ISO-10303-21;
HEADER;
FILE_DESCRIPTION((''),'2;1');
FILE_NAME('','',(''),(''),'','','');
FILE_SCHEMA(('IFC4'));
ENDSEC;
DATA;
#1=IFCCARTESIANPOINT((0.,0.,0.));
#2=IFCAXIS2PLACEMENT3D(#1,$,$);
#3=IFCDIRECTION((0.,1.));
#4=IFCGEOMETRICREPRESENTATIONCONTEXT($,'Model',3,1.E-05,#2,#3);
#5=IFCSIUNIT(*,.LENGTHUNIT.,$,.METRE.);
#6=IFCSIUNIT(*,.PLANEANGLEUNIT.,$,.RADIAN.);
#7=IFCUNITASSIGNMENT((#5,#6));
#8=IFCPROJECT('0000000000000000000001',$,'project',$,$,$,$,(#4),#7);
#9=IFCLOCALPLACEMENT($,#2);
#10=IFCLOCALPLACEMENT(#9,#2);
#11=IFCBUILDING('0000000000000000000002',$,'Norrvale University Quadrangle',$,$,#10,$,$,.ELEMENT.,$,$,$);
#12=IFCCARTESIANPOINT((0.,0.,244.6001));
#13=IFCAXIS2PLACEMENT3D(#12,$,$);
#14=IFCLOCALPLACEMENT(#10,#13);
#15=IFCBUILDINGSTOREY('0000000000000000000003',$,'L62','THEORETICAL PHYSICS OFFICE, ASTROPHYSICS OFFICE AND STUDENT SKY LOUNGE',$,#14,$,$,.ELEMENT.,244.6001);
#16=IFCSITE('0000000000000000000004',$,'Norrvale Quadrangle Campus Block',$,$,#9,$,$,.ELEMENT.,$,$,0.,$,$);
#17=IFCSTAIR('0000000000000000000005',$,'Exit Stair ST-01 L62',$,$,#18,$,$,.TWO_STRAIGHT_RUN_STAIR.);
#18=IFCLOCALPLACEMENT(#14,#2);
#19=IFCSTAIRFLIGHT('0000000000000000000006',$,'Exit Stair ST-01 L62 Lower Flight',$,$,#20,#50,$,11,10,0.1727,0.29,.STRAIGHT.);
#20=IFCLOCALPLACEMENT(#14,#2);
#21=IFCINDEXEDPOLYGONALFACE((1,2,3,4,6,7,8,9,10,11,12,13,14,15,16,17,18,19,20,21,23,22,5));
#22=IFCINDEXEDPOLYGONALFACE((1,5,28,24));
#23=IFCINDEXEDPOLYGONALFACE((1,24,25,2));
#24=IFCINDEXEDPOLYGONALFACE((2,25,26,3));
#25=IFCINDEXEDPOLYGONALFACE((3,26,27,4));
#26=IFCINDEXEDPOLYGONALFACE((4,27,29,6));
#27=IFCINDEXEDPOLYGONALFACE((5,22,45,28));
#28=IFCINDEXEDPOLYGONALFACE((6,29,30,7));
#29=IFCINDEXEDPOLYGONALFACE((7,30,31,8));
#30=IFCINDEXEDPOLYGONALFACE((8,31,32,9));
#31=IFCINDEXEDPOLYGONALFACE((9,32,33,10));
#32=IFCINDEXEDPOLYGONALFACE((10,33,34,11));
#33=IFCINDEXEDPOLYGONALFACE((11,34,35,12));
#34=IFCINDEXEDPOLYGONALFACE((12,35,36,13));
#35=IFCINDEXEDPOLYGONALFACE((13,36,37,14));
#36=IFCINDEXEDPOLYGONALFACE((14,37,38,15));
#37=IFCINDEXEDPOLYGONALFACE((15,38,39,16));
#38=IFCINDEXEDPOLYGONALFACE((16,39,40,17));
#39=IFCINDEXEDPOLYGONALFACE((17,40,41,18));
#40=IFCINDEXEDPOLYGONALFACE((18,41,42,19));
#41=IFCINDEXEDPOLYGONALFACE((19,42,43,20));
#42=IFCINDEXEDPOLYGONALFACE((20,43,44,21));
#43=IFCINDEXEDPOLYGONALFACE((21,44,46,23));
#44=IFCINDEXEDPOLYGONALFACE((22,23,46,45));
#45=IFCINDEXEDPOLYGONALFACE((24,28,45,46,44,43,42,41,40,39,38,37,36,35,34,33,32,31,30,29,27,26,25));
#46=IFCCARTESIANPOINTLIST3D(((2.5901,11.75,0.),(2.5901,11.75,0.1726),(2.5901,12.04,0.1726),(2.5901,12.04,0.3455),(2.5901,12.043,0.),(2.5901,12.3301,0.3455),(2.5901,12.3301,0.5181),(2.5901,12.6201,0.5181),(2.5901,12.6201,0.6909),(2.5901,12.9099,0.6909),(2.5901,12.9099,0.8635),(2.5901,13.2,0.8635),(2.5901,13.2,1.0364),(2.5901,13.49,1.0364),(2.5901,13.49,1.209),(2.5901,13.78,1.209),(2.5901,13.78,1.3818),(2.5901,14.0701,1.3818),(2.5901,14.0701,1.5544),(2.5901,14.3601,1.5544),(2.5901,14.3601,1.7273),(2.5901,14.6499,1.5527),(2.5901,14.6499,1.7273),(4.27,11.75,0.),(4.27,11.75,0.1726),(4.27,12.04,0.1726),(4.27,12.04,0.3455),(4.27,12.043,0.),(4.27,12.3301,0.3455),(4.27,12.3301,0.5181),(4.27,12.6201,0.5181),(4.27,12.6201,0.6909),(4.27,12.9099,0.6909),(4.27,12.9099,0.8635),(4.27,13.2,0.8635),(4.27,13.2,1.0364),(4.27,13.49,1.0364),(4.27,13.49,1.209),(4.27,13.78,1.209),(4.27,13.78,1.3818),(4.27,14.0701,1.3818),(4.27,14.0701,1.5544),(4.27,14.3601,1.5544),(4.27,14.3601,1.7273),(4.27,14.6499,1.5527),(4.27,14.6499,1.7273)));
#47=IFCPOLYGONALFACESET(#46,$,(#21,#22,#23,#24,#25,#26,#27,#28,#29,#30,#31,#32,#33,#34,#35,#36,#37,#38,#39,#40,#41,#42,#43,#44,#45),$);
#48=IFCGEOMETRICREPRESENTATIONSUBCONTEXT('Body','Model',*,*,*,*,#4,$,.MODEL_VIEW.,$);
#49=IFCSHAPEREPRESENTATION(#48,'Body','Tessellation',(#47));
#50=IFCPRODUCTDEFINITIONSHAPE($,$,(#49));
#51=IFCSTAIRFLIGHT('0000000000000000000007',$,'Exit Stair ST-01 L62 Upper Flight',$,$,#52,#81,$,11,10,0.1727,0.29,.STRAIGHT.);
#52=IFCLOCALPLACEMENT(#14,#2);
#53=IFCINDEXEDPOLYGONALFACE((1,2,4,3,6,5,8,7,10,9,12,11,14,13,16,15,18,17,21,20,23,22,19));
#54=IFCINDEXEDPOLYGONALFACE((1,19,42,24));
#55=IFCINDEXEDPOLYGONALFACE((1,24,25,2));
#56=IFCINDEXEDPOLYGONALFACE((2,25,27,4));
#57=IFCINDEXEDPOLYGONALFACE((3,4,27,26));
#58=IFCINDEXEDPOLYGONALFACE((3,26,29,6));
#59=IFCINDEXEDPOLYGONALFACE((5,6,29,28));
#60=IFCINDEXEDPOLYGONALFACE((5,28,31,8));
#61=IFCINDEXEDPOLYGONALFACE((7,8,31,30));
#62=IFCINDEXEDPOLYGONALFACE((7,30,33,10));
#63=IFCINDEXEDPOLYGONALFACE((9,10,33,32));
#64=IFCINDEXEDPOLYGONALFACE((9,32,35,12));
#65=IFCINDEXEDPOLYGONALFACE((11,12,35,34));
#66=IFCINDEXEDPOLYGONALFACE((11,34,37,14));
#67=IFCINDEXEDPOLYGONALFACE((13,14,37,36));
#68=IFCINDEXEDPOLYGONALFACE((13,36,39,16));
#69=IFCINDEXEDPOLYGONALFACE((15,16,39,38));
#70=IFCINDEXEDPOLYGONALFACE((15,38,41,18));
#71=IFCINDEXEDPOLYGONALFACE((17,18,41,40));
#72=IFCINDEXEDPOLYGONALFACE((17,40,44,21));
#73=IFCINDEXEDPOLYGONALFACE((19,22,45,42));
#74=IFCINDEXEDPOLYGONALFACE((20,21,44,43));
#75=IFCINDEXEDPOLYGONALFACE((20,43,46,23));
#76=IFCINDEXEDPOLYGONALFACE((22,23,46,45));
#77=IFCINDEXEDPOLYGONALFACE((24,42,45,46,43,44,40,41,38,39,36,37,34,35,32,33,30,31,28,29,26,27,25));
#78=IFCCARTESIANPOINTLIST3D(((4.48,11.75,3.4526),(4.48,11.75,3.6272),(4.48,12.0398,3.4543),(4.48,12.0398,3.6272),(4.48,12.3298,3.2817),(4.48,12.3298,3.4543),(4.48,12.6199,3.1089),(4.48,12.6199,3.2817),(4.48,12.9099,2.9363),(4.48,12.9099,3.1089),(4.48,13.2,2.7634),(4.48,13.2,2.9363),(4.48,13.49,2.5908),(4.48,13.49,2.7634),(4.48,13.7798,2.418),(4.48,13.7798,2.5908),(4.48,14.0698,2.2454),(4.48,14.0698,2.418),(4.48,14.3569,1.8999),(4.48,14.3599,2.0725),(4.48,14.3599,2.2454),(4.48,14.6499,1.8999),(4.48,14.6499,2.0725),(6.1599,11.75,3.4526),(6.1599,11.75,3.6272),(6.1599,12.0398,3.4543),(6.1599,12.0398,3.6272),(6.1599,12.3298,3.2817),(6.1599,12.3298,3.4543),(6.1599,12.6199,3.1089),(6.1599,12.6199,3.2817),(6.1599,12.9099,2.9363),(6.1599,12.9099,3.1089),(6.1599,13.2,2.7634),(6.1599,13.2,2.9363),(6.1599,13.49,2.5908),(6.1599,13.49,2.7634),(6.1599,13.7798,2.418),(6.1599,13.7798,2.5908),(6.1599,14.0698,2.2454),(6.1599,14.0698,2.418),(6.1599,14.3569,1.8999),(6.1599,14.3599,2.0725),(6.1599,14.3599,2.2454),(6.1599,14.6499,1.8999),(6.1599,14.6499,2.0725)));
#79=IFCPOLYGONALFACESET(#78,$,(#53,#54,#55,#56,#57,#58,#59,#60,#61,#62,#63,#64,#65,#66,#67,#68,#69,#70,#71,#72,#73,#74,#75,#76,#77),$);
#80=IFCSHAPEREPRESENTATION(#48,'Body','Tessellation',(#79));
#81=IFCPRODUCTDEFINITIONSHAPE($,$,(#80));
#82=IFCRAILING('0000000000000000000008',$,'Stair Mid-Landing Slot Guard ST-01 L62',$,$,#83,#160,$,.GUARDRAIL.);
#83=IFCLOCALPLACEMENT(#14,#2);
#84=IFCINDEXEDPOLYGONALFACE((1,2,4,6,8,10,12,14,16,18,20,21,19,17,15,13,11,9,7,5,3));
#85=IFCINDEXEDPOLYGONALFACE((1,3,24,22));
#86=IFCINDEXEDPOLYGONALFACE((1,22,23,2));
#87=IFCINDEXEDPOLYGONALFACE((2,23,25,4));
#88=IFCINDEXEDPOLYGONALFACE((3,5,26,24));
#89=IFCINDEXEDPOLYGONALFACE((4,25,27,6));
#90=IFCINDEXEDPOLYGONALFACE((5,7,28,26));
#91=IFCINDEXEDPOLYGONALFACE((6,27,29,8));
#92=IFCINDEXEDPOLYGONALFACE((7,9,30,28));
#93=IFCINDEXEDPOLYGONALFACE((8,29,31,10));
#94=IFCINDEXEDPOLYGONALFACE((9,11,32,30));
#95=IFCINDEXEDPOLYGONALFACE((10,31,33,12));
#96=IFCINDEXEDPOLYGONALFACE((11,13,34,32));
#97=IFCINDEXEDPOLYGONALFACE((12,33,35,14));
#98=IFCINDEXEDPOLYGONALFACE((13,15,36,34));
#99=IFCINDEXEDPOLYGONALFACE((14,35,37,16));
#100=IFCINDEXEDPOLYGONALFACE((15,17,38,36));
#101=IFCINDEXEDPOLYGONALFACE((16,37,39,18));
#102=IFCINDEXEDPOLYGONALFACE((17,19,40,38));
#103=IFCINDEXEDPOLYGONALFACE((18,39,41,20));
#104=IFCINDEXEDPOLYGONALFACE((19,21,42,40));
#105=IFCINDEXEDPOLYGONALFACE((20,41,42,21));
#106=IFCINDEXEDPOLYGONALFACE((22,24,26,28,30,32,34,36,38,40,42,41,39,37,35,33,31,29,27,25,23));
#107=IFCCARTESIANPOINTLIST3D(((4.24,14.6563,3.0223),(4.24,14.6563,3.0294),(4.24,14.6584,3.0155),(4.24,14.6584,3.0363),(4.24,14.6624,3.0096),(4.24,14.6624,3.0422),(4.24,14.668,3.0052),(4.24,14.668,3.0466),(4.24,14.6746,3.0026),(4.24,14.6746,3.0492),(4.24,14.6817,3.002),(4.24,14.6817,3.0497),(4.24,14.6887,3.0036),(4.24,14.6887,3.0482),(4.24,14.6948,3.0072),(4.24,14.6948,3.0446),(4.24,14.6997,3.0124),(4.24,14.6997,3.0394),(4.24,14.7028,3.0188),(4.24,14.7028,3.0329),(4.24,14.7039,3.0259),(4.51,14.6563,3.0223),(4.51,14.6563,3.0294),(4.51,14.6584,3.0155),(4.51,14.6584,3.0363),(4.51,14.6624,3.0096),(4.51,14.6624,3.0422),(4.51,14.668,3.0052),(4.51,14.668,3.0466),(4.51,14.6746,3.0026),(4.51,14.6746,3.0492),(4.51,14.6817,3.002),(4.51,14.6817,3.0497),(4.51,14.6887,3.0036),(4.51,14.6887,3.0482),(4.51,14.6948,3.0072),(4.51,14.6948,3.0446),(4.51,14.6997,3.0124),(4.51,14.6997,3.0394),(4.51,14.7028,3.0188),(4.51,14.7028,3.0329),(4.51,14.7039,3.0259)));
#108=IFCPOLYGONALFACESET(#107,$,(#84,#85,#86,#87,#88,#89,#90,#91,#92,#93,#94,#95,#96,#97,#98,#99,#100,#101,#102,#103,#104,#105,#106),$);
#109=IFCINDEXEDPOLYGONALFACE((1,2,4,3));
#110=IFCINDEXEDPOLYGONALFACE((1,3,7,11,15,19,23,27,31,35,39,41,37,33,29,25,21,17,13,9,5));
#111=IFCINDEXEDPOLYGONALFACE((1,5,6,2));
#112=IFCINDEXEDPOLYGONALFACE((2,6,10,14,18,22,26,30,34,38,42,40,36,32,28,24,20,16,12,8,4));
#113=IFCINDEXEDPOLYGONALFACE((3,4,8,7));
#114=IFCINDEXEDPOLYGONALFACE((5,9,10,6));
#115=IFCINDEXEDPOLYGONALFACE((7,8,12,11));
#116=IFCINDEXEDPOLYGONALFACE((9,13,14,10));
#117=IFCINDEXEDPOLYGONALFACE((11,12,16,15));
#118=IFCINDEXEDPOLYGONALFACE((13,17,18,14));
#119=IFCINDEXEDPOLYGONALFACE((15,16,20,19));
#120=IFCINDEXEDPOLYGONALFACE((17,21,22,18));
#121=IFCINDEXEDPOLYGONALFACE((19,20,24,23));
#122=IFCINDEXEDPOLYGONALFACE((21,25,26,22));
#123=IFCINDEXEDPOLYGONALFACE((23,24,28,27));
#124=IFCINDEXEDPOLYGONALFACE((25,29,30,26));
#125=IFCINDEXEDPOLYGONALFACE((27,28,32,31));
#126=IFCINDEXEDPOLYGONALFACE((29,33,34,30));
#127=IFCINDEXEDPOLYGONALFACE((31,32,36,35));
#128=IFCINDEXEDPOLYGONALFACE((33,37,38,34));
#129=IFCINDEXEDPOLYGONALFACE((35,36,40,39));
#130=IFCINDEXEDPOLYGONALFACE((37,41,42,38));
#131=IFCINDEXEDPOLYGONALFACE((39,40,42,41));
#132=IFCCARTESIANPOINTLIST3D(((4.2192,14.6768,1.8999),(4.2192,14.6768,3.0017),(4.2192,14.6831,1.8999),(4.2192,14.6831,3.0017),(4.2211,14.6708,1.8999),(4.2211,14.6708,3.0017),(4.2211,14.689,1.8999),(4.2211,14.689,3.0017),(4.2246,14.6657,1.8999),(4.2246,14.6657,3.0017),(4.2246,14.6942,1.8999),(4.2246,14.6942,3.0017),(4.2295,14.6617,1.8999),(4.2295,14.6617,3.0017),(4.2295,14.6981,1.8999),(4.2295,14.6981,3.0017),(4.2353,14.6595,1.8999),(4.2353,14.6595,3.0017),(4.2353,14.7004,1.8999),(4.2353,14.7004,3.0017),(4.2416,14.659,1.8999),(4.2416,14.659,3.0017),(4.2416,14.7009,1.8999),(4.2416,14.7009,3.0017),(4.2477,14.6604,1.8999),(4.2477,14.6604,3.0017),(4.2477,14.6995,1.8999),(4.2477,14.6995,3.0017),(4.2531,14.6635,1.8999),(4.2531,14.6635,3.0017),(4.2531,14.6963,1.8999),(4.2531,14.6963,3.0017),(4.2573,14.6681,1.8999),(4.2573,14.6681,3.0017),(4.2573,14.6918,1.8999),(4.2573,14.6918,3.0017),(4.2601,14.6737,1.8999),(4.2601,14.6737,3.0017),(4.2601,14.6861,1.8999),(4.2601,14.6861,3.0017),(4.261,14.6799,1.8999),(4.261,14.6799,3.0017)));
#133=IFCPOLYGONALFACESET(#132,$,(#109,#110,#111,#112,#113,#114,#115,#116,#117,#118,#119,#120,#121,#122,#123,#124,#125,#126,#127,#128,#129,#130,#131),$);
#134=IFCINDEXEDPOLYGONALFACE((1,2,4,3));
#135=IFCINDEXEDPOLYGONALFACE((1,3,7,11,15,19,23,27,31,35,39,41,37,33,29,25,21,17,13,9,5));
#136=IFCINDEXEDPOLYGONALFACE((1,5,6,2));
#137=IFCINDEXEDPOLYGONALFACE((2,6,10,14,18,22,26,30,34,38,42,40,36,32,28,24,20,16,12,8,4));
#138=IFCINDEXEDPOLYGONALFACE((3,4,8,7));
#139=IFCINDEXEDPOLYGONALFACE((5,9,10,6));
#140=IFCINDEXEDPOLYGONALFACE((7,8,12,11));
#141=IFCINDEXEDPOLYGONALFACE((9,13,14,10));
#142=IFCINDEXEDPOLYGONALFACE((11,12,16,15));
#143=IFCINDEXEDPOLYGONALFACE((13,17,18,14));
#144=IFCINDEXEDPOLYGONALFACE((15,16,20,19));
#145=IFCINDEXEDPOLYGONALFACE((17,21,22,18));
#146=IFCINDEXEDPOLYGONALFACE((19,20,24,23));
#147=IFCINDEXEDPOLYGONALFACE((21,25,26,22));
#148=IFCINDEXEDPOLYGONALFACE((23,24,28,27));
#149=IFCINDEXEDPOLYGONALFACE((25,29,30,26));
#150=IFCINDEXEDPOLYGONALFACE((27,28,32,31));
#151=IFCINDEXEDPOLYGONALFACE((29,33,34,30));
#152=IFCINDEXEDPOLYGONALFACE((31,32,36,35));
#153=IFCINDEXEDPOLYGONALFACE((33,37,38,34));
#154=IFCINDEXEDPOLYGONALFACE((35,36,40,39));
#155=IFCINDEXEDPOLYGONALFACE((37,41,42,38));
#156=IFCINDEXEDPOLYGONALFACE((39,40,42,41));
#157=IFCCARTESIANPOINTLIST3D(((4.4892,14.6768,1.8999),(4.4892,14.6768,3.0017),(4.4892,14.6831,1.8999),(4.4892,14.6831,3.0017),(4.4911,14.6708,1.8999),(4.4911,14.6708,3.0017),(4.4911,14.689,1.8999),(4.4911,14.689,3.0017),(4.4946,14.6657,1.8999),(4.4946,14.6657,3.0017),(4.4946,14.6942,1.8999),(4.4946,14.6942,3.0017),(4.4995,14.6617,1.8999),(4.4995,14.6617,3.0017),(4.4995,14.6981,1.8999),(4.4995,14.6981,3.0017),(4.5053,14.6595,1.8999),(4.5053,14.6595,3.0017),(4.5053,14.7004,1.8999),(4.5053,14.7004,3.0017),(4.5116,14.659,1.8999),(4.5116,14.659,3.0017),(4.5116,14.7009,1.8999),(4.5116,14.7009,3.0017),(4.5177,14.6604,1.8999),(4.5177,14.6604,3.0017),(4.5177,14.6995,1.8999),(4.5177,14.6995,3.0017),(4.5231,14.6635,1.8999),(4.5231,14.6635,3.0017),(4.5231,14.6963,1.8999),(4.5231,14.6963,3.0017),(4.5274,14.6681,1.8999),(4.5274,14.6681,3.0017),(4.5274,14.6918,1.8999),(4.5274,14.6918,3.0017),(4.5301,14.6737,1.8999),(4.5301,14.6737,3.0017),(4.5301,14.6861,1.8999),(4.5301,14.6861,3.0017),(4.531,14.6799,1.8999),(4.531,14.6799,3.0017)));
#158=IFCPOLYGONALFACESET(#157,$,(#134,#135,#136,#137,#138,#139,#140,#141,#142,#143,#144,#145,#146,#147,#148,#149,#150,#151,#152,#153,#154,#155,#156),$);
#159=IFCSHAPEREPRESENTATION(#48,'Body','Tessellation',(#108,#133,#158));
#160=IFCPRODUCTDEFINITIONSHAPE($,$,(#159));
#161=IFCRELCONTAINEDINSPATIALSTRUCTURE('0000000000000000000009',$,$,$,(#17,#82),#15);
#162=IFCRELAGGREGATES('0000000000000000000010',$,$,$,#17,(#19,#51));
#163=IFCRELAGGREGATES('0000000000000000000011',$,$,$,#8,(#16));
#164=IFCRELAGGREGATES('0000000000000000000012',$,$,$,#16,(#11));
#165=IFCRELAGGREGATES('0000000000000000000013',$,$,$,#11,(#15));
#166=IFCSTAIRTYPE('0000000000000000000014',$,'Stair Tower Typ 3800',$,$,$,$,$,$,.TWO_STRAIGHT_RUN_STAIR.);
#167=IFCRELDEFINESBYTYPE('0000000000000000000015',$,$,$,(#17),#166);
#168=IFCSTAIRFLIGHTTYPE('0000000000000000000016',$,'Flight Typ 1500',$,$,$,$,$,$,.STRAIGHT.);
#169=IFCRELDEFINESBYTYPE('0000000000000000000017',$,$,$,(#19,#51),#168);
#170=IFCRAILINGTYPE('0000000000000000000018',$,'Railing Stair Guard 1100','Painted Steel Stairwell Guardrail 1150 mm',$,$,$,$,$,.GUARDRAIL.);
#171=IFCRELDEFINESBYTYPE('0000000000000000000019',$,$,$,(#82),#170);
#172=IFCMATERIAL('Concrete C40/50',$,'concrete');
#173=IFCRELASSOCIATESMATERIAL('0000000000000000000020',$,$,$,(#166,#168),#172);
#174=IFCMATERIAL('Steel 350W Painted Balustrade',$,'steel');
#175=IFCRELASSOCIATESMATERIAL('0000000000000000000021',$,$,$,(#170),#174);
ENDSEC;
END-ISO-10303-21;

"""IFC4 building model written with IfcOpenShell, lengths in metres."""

from ifc_helpers import new_model, si_unit, direction, frame, origin, origin_2d, place, context, subcontext, project, spatial, polyline, circle, outline, extrude, material, type_object, element, aggregate, save


model = new_model("IFC4")

# Units and contexts
model_context = context("Model", 3, precision=1e-05, world=origin(), true_north=direction((0.0, 1.0)))
body_context = subcontext(model_context, "Body", "Model", "MODEL_VIEW")
ifc_project = project(units=[si_unit("LENGTHUNIT", "METRE"), si_unit("PLANEANGLEUNIT", "RADIAN")], contexts=[model_context])

# Site, building, storey
site_placement = place(None, origin())
site = spatial("IfcSite", under=ifc_project, at=site_placement, Name="Norrvale Quadrangle Campus Block", CompositionType="ELEMENT", RefElevation=0.0)
building_placement = place(site_placement, origin())
building = spatial("IfcBuilding", under=site, at=building_placement, Name="Norrvale University Quadrangle", CompositionType="ELEMENT")
storey_placement = place(building_placement, frame((0.0, 0.0, 244.6001)))
storey = spatial("IfcBuildingStorey", under=building, at=storey_placement, Name="L62", Description="THEORETICAL PHYSICS OFFICE, ASTROPHYSICS OFFICE AND STUDENT SKY LOUNGE", CompositionType="ELEMENT", Elevation=244.6001)

# Stair, stair flights
ifc_material_1 = material(Name="Concrete C40/50", Category="concrete")
stair_type = type_object("IfcStairType", Name="Stair Tower Typ 3800", PredefinedType="TWO_STRAIGHT_RUN_STAIR", material=ifc_material_1)
stair_placement = place(storey_placement, origin())
stair = element("IfcStair", 1, at=stair_placement, inside=storey, type_object=stair_type, Name="Exit Stair ST-01 L62", PredefinedType="TWO_STRAIGHT_RUN_STAIR")
stair_flight_type = type_object("IfcStairFlightType", Name="Flight Typ 1500", PredefinedType="STRAIGHT", material=ifc_material_1)
stair_flight_1_placement = place(storey_placement, frame((3.4299, 11.75, 0.0), z_axis=(0.0, 0.0, 1.0), x_axis=(0.0, 1.0, 0.0)))
stair_flight_1 = element("IfcStairFlight", 2, at=stair_flight_1_placement, type_object=stair_flight_type, Name="Exit Stair ST-01 L62 Lower Flight", NumberOfRisers=11, NumberOfTreads=10, PredefinedType="STRAIGHT", RiserHeight=0.1727, TreadLength=0.29, context=body_context, shape_type="SweptSolid", body=[
    extrude(outline(polyline([(0.0, 0.0), (0.0, 0.1726), (0.29, 0.1726), (0.29, 0.3455), (0.5801, 0.3455), (0.5801, 0.5181), (0.8701, 0.5181), (0.8701, 0.6909), (1.1599, 0.6909), (1.1599, 0.8635), (1.45, 0.8635), (1.45, 1.0364), (1.74, 1.0364), (1.74, 1.209), (2.03, 1.209), (2.03, 1.3818), (2.3201, 1.3818), (2.3201, 1.5544), (2.6101, 1.5544), (2.6101, 1.7273), (2.8999, 1.7273), (2.8999, 1.8999), (2.8999, 1.5527), (0.293, 0.0), (0.0, 0.0)])), frame((0.0, 0.8398, 0.0), z_axis=(0.0, -1.0, 0.0), x_axis=(1.0, 0.0, 0.0)), (0.0, 0.0, 1.0), 1.6799),
])
stair_flight_2_placement = place(storey_placement, frame((5.3201, 14.6499, 1.8999), z_axis=(0.0, 0.0, 1.0), x_axis=(0.0, -1.0, 0.0)))
stair_flight_2 = element("IfcStairFlight", 3, at=stair_flight_2_placement, type_object=stair_flight_type, Name="Exit Stair ST-01 L62 Upper Flight", NumberOfRisers=11, NumberOfTreads=10, PredefinedType="STRAIGHT", RiserHeight=0.1727, TreadLength=0.29, context=body_context, shape_type="SweptSolid", body=[
    extrude(outline(polyline([(0.0, 0.0), (0.0, 0.1726), (0.29, 0.1726), (0.29, 0.3455), (0.5801, 0.3455), (0.5801, 0.5181), (0.8701, 0.5181), (0.8701, 0.6909), (1.1599, 0.6909), (1.1599, 0.8635), (1.45, 0.8635), (1.45, 1.0364), (1.74, 1.0364), (1.74, 1.209), (2.03, 1.209), (2.03, 1.3818), (2.3201, 1.3818), (2.3201, 1.5544), (2.6101, 1.5544), (2.6101, 1.7273), (2.8999, 1.7273), (2.8999, 1.8999), (2.8999, 1.5527), (0.293, 0.0), (0.0, 0.0)])), frame((0.0, 0.8398, 0.0), z_axis=(0.0, -1.0, 0.0), x_axis=(1.0, 0.0, 0.0)), (0.0, 0.0, 1.0), 1.6799),
])
aggregate(stair, [stair_flight_1, stair_flight_2])

# Railing
ifc_material_2 = material(Name="Steel 350W Painted Balustrade", Category="steel")
railing_type_1 = type_object("IfcRailingType", Name="Railing Stair Guard 1100", Description="Painted Steel Stairwell Guardrail 1150 mm", PredefinedType="GUARDRAIL", material=ifc_material_2)
railing_1_placement = place(storey_placement, frame((4.24, 14.6799, 1.8999)))
element("IfcRailing", 4, at=railing_1_placement, inside=storey, type_object=railing_type_1, Name="Stair Mid-Landing Slot Guard ST-01 L62", PredefinedType="GUARDRAIL", context=body_context, shape_type="SweptSolid", body=[
    extrude(circle(Radius=0.0239, at=origin_2d()), frame((0.0, 0.0, 1.126), z_axis=(1.0, 0.0, 0.0), x_axis=(0.0, 1.0, 0.0)), (0.0, 0.0, 1.0), 0.27),
    extrude(circle(Radius=0.021, at=origin_2d()), origin(), (0.0, 0.0, 1.0), 1.1018),
    extrude(circle(Radius=0.021, at=origin_2d()), frame((0.27, 0.0, 0.0)), (0.0, 0.0, 1.0), 1.1018),
])

save(model, "model.ifc")
